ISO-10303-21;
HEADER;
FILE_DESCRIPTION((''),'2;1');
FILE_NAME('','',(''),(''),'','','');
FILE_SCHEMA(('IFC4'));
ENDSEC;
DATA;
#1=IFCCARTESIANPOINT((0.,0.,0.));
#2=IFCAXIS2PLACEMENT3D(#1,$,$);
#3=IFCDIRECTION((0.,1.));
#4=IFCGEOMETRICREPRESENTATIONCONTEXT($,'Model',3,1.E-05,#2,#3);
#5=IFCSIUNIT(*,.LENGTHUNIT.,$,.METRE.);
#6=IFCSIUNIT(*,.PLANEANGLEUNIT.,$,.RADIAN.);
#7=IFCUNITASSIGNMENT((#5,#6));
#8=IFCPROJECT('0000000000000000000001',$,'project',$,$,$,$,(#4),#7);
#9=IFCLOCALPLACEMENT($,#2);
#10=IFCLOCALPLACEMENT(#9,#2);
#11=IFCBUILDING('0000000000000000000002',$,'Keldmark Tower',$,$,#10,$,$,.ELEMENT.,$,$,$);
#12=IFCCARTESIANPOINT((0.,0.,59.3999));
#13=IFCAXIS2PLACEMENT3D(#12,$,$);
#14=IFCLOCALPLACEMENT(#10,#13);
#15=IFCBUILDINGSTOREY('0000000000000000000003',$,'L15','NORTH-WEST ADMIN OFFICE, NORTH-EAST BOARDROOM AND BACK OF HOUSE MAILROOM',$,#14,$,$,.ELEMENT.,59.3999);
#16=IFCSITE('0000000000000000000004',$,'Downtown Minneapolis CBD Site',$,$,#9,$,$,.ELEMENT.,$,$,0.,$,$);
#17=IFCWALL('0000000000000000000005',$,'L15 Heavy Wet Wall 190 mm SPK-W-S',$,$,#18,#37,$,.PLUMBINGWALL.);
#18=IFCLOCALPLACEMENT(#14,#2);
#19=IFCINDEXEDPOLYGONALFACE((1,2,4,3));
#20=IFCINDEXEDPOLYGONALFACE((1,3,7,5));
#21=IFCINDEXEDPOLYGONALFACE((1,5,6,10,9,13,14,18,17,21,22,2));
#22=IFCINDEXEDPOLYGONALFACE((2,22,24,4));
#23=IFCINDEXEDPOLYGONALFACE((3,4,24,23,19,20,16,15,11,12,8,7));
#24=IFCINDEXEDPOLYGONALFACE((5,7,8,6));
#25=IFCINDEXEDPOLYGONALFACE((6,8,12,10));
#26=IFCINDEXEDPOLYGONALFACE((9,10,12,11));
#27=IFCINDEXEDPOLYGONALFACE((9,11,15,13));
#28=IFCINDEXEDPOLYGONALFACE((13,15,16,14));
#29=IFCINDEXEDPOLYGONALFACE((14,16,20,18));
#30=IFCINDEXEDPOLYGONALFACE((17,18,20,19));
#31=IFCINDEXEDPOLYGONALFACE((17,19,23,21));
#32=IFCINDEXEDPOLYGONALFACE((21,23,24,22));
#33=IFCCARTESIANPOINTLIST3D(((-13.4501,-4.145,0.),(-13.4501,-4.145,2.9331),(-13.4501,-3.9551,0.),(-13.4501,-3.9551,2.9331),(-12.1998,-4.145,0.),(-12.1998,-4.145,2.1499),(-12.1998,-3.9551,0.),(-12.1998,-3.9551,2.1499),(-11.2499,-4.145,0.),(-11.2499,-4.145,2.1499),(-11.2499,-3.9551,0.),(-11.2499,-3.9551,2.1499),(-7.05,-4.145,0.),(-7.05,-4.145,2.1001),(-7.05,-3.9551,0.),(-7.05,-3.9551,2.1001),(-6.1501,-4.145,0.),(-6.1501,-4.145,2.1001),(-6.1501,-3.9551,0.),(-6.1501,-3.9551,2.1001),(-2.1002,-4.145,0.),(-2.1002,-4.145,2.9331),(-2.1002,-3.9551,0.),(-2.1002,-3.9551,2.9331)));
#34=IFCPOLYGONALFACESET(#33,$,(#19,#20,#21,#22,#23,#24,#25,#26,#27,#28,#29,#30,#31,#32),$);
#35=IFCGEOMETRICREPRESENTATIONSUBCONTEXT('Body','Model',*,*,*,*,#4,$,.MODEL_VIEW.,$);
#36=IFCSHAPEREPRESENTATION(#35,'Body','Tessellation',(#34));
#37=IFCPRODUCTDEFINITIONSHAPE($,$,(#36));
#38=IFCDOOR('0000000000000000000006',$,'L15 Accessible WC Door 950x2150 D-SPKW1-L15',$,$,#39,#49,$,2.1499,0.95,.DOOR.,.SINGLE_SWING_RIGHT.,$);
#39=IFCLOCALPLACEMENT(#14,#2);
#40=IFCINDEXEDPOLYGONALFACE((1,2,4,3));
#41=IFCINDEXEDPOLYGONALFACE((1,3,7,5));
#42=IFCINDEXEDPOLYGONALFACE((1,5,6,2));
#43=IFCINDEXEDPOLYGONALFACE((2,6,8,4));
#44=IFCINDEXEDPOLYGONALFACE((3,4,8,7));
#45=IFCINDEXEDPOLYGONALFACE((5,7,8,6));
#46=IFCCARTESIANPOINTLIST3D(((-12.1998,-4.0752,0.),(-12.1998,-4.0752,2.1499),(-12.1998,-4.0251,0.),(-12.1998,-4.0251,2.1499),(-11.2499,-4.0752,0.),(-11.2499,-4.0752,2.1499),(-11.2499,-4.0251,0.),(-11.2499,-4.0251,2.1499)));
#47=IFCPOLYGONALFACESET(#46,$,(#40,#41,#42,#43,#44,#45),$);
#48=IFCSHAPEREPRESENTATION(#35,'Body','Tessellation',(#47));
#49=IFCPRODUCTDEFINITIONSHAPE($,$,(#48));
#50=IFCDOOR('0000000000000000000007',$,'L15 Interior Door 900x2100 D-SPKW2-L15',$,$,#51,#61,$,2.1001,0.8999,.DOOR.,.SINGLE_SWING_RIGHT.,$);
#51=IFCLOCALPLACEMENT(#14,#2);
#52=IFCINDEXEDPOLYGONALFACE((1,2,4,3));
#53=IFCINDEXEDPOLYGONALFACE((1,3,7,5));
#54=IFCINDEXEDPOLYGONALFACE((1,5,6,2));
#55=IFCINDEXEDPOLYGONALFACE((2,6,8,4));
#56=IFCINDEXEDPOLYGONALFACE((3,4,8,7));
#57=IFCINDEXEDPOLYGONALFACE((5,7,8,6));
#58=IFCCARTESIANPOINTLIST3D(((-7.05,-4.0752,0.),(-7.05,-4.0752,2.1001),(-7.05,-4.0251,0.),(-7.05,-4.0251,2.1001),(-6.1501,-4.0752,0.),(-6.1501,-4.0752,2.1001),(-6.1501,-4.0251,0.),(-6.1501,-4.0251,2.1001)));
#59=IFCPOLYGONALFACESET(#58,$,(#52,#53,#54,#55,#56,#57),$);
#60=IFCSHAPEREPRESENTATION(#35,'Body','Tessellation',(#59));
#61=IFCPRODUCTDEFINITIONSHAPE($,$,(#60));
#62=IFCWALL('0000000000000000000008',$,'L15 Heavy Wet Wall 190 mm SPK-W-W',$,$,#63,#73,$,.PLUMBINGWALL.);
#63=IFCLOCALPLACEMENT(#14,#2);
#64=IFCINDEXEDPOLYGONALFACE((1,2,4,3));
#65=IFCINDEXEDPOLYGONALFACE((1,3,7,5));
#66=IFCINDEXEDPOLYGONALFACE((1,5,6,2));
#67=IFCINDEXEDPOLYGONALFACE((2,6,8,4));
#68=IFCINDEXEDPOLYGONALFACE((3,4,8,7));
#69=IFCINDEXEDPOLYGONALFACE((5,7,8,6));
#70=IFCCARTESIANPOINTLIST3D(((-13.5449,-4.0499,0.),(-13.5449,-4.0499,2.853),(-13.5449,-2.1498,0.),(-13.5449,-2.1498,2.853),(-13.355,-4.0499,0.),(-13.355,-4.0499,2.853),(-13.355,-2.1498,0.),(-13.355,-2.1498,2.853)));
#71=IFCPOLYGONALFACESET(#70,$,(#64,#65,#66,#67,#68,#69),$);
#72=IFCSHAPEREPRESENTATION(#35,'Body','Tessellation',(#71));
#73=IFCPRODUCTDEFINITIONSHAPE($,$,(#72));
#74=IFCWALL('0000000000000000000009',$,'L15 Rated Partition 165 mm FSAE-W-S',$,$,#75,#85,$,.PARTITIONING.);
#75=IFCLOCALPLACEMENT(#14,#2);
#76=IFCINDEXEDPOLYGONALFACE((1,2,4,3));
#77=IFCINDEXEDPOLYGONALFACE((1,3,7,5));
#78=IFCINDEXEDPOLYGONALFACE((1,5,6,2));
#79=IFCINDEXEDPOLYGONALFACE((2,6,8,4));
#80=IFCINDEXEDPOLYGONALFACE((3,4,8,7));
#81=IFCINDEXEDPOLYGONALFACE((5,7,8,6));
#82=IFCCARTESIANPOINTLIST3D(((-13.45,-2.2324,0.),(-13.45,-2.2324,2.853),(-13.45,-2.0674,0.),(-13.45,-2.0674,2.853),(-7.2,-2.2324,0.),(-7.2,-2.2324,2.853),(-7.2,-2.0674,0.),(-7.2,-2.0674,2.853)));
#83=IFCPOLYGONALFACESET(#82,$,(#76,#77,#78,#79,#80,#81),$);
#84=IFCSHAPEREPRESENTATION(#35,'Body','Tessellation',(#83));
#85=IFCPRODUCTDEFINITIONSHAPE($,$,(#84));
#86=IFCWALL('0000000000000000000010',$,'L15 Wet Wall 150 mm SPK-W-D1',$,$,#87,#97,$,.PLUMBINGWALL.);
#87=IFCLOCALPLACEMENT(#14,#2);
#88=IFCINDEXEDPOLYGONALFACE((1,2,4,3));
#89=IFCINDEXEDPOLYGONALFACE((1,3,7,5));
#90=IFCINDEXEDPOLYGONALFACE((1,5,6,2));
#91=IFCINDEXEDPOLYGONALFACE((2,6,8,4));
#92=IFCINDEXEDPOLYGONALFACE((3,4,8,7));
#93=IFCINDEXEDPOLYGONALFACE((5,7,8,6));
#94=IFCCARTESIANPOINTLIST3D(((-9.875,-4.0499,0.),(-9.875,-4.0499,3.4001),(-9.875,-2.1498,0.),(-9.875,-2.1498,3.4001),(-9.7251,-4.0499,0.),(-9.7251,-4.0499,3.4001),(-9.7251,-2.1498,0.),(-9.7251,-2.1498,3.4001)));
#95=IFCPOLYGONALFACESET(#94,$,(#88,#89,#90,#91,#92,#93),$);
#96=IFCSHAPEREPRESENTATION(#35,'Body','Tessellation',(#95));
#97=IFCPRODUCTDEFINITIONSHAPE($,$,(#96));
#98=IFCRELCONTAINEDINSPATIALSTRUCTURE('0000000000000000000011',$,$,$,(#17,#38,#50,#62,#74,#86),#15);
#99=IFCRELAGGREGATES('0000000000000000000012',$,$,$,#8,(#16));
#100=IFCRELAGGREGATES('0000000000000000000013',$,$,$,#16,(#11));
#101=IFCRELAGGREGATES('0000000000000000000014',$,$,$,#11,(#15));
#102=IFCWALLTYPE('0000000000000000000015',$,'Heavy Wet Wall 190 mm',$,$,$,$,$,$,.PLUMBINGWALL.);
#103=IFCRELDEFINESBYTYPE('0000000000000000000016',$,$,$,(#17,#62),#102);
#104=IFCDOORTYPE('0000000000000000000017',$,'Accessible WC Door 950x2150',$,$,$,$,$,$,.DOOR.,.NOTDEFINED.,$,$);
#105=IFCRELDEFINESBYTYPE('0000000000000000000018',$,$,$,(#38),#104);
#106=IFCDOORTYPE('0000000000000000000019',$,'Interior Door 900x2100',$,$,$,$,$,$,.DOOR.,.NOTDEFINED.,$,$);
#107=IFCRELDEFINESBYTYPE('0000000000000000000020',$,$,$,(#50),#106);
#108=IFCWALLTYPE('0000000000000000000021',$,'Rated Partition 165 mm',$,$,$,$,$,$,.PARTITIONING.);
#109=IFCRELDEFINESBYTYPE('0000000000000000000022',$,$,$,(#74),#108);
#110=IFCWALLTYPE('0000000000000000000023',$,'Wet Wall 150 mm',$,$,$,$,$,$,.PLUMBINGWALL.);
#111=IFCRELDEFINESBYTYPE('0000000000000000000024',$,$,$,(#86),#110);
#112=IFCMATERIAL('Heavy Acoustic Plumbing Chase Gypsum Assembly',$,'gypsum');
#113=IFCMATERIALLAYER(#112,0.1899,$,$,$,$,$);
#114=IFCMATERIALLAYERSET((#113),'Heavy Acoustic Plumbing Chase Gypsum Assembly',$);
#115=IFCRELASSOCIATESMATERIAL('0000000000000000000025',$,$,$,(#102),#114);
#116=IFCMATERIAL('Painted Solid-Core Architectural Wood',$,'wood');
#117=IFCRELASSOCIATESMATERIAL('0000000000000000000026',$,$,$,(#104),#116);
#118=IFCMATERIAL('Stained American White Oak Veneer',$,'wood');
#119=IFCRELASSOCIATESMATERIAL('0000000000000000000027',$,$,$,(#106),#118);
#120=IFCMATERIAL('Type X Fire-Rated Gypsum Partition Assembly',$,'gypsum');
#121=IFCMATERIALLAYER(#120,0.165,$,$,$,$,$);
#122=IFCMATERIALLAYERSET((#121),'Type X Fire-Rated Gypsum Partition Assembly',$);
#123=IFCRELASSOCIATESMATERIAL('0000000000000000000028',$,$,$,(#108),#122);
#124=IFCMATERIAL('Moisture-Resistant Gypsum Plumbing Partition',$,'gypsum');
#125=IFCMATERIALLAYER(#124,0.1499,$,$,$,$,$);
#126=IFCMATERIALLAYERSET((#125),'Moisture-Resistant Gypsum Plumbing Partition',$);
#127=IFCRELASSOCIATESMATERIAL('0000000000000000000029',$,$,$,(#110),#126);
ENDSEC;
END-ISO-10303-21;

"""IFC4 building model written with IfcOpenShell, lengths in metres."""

from ifc_helpers import new_model, si_unit, direction, frame, frame_2d, origin, place, context, subcontext, project, spatial, rectangle, extrude, material, layer, layer_set, type_object, element, fill, save


model = new_model("IFC4")

# Units and contexts
model_context = context("Model", 3, precision=1e-05, world=origin(), true_north=direction((0.0, 1.0)))
body_context = subcontext(model_context, "Body", "Model", "MODEL_VIEW")
ifc_project = project(units=[si_unit("LENGTHUNIT", "METRE"), si_unit("PLANEANGLEUNIT", "RADIAN")], contexts=[model_context])

# Site, building, storey
site_placement = place(None, origin())
site = spatial("IfcSite", under=ifc_project, at=site_placement, Name="Downtown Minneapolis CBD Site", CompositionType="ELEMENT", RefElevation=0.0)
building_placement = place(site_placement, origin())
building = spatial("IfcBuilding", under=site, at=building_placement, Name="Keldmark Tower", CompositionType="ELEMENT")
storey_placement = place(building_placement, frame((0.0, 0.0, 59.3999)))
storey = spatial("IfcBuildingStorey", under=building, at=storey_placement, Name="L15", Description="NORTH-WEST ADMIN OFFICE, NORTH-EAST BOARDROOM AND BACK OF HOUSE MAILROOM", CompositionType="ELEMENT", Elevation=59.3999)

# Wall, openings, doors
ifc_material_1 = material(Name="Heavy Acoustic Plumbing Chase Gypsum Assembly", Category="gypsum")
ifc_layer_1 = layer(ifc_material_1, 0.1899)
ifc_layer_set_1 = layer_set([ifc_layer_1], Name="Heavy Acoustic Plumbing Chase Gypsum Assembly")
wall_type_1 = type_object("IfcWallType", Name="Heavy Wet Wall 190 mm", PredefinedType="PLUMBINGWALL", material=ifc_layer_set_1)
wall_1_placement = place(storey_placement, frame((-13.45, -4.05, 0.0), z_axis=(0.0, 0.0, 1.0), x_axis=(1.0, 0.0, 0.0)))
wall_1 = element("IfcWall", 1, at=wall_1_placement, inside=storey, type_object=wall_type_1, Name="L15 Heavy Wet Wall 190 mm SPK-W-S", PredefinedType="PLUMBINGWALL", context=body_context, shape_type="SweptSolid", body=[
    extrude(rectangle(XDim=11.3499, YDim=0.1899, at=frame_2d((5.6748, 0.0))), origin(), (0.0, 0.0, 1.0), 2.9331),
])
opening_1_placement = place(wall_1_placement, frame((1.25, 0.0, 0.0)))
opening_1 = element("IfcOpeningElement", 2, at=opening_1_placement, cuts=wall_1, PredefinedType="OPENING", context=body_context, shape_type="SweptSolid", body=[
    extrude(rectangle(XDim=0.95, YDim=2.1499, at=frame_2d((0.4751, 1.075))), frame((0.0, 0.105, 0.0), z_axis=(0.0, -1.0, 0.0), x_axis=(1.0, 0.0, 0.0)), (0.0, 0.0, 1.0), 0.21),
])
opening_2_placement = place(wall_1_placement, frame((6.3999, 0.0, 0.0)))
opening_2 = element("IfcOpeningElement", 3, at=opening_2_placement, cuts=wall_1, PredefinedType="OPENING", context=body_context, shape_type="SweptSolid", body=[
    extrude(rectangle(XDim=0.8999, YDim=2.1001, at=frame_2d((0.45, 1.05))), frame((0.0, 0.105, 0.0), z_axis=(0.0, -1.0, 0.0), x_axis=(1.0, 0.0, 0.0)), (0.0, 0.0, 1.0), 0.21),
])
ifc_material_2 = material(Name="Painted Solid-Core Architectural Wood", Category="wood")
door_type_1 = type_object("IfcDoorType", Name="Accessible WC Door 950x2150", OperationType="NOTDEFINED", PredefinedType="DOOR", material=ifc_material_2)
door_1_placement = place(opening_1_placement, origin())
door_1 = element("IfcDoor", 4, at=door_1_placement, inside=storey, type_object=door_type_1, Name="L15 Accessible WC Door 950x2150 D-SPKW1-L15", OperationType="SINGLE_SWING_RIGHT", OverallHeight=2.1499, OverallWidth=0.95, PredefinedType="DOOR", context=body_context, shape_type="SweptSolid", body=[
    extrude(rectangle(XDim=0.95, YDim=2.1499, at=frame_2d((0.4751, 1.075))), frame((0.0, 0.0249, 0.0), z_axis=(0.0, -1.0, 0.0), x_axis=(1.0, 0.0, 0.0)), (0.0, 0.0, 1.0), 0.05),
])
fill(opening_1, door_1)
ifc_material_3 = material(Name="Stained American White Oak Veneer", Category="wood")
door_type_2 = type_object("IfcDoorType", Name="Interior Door 900x2100", OperationType="NOTDEFINED", PredefinedType="DOOR", material=ifc_material_3)
door_2_placement = place(opening_2_placement, origin())
door_2 = element("IfcDoor", 5, at=door_2_placement, inside=storey, type_object=door_type_2, Name="L15 Interior Door 900x2100 D-SPKW2-L15", OperationType="SINGLE_SWING_RIGHT", OverallHeight=2.1001, OverallWidth=0.8999, PredefinedType="DOOR", context=body_context, shape_type="SweptSolid", body=[
    extrude(rectangle(XDim=0.8999, YDim=2.1001, at=frame_2d((0.45, 1.05))), frame((0.0, 0.0249, 0.0), z_axis=(0.0, -1.0, 0.0), x_axis=(1.0, 0.0, 0.0)), (0.0, 0.0, 1.0), 0.05),
])
fill(opening_2, door_2)

# Walls
wall_2_placement = place(storey_placement, frame((-13.45, -4.05, 0.0), z_axis=(0.0, 0.0, 1.0), x_axis=(0.0, 1.0, 0.0)))
element("IfcWall", 6, at=wall_2_placement, inside=storey, type_object=wall_type_1, Name="L15 Heavy Wet Wall 190 mm SPK-W-W", PredefinedType="PLUMBINGWALL", context=body_context, shape_type="SweptSolid", body=[
    extrude(rectangle(XDim=1.9001, YDim=0.1899, at=frame_2d((0.9502, 0.0))), origin(), (0.0, 0.0, 1.0), 2.853),
])
ifc_material_4 = material(Name="Type X Fire-Rated Gypsum Partition Assembly", Category="gypsum")
ifc_layer_2 = layer(ifc_material_4, 0.165)
ifc_layer_set_2 = layer_set([ifc_layer_2], Name="Type X Fire-Rated Gypsum Partition Assembly")
wall_type_2 = type_object("IfcWallType", Name="Rated Partition 165 mm", PredefinedType="PARTITIONING", material=ifc_layer_set_2)
wall_3_placement = place(storey_placement, frame((-13.45, -2.1499, 0.0), z_axis=(0.0, 0.0, 1.0), x_axis=(1.0, 0.0, 0.0)))
element("IfcWall", 7, at=wall_3_placement, inside=storey, type_object=wall_type_2, Name="L15 Rated Partition 165 mm FSAE-W-S", PredefinedType="PARTITIONING", context=body_context, shape_type="SweptSolid", body=[
    extrude(rectangle(XDim=6.25, YDim=0.165, at=frame_2d((3.125, 0.0))), origin(), (0.0, 0.0, 1.0), 2.853),
])

# Wall
ifc_material_5 = material(Name="Moisture-Resistant Gypsum Plumbing Partition", Category="gypsum")
ifc_layer_3 = layer(ifc_material_5, 0.1499)
ifc_layer_set_3 = layer_set([ifc_layer_3], Name="Moisture-Resistant Gypsum Plumbing Partition")
wall_type_3 = type_object("IfcWallType", Name="Wet Wall 150 mm", PredefinedType="PLUMBINGWALL", material=ifc_layer_set_3)
wall_4_placement = place(storey_placement, frame((-9.8, -4.05, 0.0), z_axis=(0.0, 0.0, 1.0), x_axis=(0.0, 1.0, 0.0)))
element("IfcWall", 8, at=wall_4_placement, inside=storey, type_object=wall_type_3, Name="L15 Wet Wall 150 mm SPK-W-D1", PredefinedType="PLUMBINGWALL", context=body_context, shape_type="SweptSolid", body=[
    extrude(rectangle(XDim=1.9001, YDim=0.1499, at=frame_2d((0.9502, 0.0))), origin(), (0.0, 0.0, 1.0), 3.4001),
])

save(model, "model.ifc")
